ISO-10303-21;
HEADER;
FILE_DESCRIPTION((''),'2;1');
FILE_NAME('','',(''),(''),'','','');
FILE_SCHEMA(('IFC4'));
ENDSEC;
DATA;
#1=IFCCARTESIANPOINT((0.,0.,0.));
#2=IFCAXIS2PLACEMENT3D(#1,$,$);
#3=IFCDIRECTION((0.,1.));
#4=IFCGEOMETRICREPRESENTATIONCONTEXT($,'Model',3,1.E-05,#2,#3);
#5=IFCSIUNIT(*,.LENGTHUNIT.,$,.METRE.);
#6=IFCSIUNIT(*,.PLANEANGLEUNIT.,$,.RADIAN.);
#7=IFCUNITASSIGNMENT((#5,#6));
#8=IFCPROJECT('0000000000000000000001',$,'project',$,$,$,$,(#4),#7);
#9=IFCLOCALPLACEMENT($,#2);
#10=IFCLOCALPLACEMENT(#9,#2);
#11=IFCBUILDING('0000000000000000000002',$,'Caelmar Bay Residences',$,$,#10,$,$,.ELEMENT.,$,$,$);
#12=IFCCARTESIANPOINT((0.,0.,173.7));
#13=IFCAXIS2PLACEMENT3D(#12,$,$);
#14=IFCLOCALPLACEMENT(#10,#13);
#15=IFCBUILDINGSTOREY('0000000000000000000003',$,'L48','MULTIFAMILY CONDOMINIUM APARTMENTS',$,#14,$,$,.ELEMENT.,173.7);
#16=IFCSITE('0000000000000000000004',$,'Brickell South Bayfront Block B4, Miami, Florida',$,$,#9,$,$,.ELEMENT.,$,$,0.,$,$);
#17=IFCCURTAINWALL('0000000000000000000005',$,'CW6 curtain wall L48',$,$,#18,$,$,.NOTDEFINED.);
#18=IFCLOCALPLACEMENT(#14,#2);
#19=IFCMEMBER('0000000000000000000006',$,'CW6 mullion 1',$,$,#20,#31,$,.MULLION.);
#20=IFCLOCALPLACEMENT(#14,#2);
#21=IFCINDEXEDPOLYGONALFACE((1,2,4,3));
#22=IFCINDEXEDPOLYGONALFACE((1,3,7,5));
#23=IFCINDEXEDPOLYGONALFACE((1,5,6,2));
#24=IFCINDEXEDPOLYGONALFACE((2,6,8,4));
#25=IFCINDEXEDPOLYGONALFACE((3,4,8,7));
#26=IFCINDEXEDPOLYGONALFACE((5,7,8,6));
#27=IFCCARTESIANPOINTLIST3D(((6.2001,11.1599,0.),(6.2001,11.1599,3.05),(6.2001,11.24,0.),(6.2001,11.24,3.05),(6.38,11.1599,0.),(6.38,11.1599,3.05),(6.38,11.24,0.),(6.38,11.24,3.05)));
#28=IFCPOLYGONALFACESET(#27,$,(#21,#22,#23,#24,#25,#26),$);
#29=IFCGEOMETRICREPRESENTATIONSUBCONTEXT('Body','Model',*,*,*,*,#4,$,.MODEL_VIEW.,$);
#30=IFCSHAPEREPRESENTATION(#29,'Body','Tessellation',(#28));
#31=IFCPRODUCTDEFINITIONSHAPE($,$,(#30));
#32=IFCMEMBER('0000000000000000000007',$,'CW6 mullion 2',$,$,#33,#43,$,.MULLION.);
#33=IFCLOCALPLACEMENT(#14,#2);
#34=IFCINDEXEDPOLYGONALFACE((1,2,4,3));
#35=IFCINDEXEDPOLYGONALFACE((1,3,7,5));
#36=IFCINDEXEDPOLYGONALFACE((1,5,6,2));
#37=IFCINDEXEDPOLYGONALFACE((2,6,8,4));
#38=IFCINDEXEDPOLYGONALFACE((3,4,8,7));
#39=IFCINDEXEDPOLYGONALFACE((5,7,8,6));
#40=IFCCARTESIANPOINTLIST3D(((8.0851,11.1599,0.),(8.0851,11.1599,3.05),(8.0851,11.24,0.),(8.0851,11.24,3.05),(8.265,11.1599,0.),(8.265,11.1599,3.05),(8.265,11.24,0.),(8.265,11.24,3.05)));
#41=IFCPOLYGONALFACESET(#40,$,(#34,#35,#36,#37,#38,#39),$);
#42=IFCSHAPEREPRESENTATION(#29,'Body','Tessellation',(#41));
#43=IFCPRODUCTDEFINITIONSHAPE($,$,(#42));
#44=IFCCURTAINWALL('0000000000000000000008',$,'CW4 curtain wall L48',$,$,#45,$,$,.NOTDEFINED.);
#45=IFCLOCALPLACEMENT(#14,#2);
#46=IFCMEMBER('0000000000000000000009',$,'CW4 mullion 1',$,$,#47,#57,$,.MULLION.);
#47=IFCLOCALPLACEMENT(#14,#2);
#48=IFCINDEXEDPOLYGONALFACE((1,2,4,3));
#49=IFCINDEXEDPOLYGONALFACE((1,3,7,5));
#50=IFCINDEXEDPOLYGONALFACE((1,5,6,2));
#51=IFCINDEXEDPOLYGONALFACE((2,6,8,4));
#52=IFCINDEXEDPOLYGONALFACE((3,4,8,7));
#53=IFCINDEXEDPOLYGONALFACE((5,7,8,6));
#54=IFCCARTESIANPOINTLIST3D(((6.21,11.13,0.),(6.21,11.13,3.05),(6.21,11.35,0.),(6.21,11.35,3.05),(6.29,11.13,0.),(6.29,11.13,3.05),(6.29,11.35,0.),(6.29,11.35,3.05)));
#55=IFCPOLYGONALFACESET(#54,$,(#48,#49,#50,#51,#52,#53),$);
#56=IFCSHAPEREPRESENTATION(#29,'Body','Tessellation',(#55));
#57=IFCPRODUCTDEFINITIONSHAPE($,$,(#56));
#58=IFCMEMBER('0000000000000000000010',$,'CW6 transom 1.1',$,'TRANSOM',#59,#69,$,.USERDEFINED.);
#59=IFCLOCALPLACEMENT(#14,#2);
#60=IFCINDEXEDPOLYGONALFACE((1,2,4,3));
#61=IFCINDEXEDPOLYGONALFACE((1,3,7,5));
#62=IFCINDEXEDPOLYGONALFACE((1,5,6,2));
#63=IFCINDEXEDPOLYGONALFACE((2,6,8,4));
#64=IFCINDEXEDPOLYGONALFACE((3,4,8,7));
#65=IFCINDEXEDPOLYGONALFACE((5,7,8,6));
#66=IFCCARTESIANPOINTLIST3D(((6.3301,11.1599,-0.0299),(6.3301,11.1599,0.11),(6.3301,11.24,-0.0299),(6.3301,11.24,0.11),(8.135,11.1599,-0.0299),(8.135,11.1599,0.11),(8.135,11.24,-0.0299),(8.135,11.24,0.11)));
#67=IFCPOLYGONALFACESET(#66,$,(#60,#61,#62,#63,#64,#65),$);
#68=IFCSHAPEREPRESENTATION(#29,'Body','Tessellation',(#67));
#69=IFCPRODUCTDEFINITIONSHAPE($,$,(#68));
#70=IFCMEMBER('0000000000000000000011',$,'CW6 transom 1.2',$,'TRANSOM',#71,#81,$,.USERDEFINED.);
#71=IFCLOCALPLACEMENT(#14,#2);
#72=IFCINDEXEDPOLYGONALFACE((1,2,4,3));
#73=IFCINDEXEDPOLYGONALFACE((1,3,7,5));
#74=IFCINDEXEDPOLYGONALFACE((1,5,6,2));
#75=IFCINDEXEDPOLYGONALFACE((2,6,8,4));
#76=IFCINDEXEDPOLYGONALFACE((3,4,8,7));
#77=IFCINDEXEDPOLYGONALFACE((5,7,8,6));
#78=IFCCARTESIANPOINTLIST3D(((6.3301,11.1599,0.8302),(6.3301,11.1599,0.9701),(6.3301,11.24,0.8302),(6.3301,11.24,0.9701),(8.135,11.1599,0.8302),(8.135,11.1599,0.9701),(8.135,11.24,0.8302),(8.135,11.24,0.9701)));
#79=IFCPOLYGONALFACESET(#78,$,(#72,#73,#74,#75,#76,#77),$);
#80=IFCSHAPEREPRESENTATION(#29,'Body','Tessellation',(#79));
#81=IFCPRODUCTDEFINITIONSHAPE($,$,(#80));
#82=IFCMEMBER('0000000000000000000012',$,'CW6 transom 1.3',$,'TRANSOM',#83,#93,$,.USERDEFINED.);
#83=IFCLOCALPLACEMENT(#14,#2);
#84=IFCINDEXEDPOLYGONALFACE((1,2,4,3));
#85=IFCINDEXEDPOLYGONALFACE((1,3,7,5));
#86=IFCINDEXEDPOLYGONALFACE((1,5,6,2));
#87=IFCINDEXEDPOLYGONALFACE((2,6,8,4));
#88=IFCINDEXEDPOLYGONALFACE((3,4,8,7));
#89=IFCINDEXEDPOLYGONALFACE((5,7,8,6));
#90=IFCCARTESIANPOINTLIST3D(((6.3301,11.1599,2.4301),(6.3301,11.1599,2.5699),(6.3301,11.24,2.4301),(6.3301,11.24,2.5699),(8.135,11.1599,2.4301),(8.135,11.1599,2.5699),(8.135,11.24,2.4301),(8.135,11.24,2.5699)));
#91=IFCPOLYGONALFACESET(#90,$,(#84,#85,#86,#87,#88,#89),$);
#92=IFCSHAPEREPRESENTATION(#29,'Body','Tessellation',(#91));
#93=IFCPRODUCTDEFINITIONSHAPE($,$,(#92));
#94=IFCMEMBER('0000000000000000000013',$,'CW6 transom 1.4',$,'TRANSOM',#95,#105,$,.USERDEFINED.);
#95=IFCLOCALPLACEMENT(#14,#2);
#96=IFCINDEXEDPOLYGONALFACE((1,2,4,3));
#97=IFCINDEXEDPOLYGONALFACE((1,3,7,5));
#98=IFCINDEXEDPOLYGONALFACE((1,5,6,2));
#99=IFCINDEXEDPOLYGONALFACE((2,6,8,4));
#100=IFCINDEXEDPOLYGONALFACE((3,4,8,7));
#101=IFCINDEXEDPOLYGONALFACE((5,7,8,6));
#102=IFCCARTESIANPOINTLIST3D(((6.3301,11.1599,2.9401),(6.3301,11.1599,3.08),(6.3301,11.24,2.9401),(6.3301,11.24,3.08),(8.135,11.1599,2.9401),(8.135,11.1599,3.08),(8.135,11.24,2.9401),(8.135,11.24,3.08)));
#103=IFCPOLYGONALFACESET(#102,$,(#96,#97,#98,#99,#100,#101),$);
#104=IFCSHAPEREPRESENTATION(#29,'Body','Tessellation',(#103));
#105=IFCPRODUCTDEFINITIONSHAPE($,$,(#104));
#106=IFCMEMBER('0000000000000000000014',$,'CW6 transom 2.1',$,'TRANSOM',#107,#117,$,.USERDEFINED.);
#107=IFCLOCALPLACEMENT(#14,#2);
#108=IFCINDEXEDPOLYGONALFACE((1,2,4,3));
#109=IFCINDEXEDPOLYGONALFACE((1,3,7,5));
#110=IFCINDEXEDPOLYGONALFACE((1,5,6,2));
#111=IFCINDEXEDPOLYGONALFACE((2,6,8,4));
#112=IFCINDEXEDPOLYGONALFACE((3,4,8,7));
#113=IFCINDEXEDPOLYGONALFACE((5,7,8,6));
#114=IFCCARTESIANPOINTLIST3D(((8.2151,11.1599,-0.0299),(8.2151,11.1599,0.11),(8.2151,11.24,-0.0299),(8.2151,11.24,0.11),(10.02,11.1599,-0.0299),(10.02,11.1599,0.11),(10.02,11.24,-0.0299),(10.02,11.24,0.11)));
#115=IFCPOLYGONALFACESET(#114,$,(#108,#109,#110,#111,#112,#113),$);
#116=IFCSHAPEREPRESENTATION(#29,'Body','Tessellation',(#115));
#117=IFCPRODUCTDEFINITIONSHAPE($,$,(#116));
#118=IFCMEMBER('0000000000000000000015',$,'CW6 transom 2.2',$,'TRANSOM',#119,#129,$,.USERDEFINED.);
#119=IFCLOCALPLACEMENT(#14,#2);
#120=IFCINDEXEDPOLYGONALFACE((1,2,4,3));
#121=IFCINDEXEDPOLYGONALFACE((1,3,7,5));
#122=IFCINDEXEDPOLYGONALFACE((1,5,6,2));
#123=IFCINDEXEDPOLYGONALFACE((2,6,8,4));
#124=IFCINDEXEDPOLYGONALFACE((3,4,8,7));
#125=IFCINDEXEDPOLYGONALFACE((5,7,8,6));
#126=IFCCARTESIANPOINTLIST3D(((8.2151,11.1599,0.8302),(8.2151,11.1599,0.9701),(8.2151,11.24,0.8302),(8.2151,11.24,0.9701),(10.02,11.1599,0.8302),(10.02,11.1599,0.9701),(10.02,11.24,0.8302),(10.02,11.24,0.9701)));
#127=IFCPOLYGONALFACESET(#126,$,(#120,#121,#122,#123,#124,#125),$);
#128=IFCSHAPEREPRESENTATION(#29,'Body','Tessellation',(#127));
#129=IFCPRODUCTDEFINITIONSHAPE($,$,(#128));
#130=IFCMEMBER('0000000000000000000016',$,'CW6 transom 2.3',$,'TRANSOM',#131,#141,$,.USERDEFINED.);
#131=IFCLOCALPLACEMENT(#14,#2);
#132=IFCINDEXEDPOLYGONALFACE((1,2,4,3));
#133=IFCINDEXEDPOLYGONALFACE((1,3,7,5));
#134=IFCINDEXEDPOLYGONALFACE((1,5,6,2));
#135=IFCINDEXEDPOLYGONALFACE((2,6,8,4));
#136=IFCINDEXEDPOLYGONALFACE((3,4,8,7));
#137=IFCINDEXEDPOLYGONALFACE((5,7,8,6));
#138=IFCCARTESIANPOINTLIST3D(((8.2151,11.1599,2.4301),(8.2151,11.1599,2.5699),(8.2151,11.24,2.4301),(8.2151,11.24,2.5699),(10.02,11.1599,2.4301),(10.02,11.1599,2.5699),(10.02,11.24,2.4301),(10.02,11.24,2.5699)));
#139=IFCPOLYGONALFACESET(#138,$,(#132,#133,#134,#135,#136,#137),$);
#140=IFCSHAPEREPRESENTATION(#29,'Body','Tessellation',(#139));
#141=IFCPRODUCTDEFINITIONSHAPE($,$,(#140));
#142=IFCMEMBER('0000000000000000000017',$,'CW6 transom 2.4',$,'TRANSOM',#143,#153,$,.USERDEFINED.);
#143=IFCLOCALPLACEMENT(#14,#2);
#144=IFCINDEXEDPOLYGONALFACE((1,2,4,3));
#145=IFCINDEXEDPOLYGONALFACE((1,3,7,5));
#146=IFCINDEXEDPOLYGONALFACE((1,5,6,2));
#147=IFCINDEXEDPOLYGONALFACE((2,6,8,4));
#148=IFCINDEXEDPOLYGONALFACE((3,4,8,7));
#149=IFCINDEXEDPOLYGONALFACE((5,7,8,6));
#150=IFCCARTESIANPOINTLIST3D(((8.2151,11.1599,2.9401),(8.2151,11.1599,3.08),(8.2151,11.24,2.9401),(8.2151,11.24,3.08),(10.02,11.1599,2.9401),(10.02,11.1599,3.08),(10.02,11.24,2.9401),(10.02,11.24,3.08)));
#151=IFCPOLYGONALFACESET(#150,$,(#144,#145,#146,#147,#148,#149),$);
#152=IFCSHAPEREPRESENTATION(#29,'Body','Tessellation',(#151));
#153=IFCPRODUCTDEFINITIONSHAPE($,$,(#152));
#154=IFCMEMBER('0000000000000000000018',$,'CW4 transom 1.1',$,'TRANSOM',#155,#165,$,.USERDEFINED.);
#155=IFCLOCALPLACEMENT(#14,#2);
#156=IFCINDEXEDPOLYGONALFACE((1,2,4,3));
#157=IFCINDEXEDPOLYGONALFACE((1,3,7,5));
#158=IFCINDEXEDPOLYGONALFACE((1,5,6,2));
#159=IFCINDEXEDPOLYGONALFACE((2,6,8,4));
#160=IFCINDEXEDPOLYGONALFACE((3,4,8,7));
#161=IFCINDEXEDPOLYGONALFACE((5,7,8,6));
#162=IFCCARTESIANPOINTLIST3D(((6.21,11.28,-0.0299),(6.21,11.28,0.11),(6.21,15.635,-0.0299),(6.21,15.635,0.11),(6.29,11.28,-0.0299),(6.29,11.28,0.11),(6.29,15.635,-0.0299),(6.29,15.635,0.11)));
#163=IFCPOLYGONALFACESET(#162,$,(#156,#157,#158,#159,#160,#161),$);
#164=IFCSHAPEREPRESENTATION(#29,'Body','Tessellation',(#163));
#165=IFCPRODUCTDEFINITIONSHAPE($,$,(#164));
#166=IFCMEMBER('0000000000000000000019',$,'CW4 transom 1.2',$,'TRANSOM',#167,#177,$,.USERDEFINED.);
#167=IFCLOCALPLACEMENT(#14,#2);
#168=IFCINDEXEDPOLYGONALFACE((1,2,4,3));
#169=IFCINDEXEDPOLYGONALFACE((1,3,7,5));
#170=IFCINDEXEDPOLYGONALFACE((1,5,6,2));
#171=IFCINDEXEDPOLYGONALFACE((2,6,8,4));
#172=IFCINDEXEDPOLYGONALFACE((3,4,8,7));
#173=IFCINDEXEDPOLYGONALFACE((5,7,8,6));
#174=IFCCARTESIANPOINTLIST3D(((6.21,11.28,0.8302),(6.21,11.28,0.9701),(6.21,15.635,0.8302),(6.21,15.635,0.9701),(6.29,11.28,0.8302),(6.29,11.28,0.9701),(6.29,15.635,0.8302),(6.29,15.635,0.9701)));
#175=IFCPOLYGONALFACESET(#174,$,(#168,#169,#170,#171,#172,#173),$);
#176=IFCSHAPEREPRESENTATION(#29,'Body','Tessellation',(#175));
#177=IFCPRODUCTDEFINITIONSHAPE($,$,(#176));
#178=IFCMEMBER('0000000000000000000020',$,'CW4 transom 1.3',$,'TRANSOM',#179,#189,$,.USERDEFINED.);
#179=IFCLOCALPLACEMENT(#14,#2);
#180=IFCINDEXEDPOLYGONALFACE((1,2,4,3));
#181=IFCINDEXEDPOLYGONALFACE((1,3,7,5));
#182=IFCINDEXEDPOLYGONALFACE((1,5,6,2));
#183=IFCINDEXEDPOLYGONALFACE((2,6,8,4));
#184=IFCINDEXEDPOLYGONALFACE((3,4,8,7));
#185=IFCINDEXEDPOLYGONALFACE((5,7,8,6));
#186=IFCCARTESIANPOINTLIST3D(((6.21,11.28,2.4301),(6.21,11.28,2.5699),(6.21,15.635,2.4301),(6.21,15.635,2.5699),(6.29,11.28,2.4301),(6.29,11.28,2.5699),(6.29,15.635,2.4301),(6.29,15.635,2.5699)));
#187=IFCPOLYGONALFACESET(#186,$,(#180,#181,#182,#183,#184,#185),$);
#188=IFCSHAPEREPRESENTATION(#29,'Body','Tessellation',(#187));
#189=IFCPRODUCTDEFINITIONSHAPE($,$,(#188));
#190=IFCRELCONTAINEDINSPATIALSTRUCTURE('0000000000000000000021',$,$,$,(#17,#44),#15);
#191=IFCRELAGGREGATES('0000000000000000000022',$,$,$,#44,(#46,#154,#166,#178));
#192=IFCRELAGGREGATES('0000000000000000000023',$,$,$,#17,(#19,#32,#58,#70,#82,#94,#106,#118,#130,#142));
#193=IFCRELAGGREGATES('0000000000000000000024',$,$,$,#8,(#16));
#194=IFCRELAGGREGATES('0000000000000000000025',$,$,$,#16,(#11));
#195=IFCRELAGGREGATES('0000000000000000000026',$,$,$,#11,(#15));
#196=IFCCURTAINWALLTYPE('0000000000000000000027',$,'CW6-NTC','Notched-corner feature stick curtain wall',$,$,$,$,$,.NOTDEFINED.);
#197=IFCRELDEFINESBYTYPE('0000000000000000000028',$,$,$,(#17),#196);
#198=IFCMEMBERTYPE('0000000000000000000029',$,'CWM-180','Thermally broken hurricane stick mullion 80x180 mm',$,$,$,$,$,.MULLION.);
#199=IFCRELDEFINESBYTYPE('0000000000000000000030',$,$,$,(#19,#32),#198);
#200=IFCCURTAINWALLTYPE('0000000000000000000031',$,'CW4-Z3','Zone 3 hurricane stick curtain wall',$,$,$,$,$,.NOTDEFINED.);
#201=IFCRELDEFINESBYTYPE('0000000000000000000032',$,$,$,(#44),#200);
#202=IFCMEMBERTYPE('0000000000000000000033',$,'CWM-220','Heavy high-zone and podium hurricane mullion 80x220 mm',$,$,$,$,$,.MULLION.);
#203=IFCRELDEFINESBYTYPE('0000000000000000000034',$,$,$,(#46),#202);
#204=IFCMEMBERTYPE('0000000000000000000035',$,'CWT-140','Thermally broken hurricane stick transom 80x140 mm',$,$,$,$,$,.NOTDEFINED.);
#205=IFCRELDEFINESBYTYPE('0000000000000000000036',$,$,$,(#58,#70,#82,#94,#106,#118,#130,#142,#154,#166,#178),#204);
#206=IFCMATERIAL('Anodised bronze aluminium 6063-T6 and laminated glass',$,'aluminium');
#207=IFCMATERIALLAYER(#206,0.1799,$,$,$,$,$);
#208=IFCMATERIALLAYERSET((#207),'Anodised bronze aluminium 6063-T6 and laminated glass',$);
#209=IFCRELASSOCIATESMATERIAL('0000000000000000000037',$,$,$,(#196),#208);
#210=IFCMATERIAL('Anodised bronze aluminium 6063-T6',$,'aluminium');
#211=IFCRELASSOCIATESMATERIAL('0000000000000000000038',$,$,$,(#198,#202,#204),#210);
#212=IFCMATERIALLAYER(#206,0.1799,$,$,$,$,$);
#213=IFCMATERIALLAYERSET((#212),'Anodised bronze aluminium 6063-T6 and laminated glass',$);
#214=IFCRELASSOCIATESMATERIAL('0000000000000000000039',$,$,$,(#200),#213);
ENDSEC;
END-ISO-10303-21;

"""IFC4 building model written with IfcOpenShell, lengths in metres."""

from ifc_helpers import new_model, si_unit, direction, frame, origin, origin_2d, place, context, subcontext, project, spatial, rectangle, extrude, material, layer, layer_set, material_profile, profile_set, type_object, element, aggregate, save


model = new_model("IFC4")

# Units and contexts
model_context = context("Model", 3, precision=1e-05, world=origin(), true_north=direction((0.0, 1.0)))
body_context = subcontext(model_context, "Body", "Model", "MODEL_VIEW")
ifc_project = project(units=[si_unit("LENGTHUNIT", "METRE"), si_unit("PLANEANGLEUNIT", "RADIAN")], contexts=[model_context])

# Site, building, storey
site_placement = place(None, origin())
site = spatial("IfcSite", under=ifc_project, at=site_placement, Name="Brickell South Bayfront Block B4, Miami, Florida", CompositionType="ELEMENT", RefElevation=0.0)
building_placement = place(site_placement, origin())
building = spatial("IfcBuilding", under=site, at=building_placement, Name="Caelmar Bay Residences", CompositionType="ELEMENT")
storey_placement = place(building_placement, frame((0.0, 0.0, 173.7)))
storey = spatial("IfcBuildingStorey", under=building, at=storey_placement, Name="L48", Description="MULTIFAMILY CONDOMINIUM APARTMENTS", CompositionType="ELEMENT", Elevation=173.7)

# Curtain wall, members
ifc_material_1 = material(Name="Anodised bronze aluminium 6063-T6 and laminated glass", Category="aluminium")
ifc_layer_1 = layer(ifc_material_1, 0.1799)
ifc_layer_set_1 = layer_set([ifc_layer_1], Name="Anodised bronze aluminium 6063-T6 and laminated glass")
curtain_wall_type_1 = type_object("IfcCurtainWallType", Name="CW6-NTC", Description="Notched-corner feature stick curtain wall", PredefinedType="NOTDEFINED", material=ifc_layer_set_1)
curtain_wall_1_placement = place(storey_placement, origin())
curtain_wall_1 = element("IfcCurtainWall", 1, at=curtain_wall_1_placement, inside=storey, type_object=curtain_wall_type_1, Name="CW6 curtain wall L48", PredefinedType="NOTDEFINED")
ifc_material_2 = material(Name="Anodised bronze aluminium 6063-T6", Category="aluminium")
ifc_material_profile_1 = material_profile(ifc_material_2, rectangle(XDim=0.0801, YDim=0.1799, at=origin_2d()), Name="CWM-80X180")
ifc_profile_set_1 = profile_set([ifc_material_profile_1], Name="Anodised bronze aluminium 6063-T6")
member_type_1 = type_object("IfcMemberType", Name="CWM-180", Description="Thermally broken hurricane stick mullion 80x180 mm", PredefinedType="MULLION", material=ifc_profile_set_1)
member_1_placement = place(storey_placement, frame((6.29, 11.2, 0.0), z_axis=(0.0, 0.0, 1.0), x_axis=(0.0, 1.0, 0.0)))
member_1 = element("IfcMember", 2, at=member_1_placement, type_object=member_type_1, Name="CW6 mullion 1", PredefinedType="MULLION", context=body_context, shape_type="SweptSolid", body=[
    extrude(rectangle(XDim=0.0801, YDim=0.1799, at=origin_2d()), origin(), (0.0, 0.0, 1.0), 3.05),
])
member_2_placement = place(storey_placement, frame((8.175, 11.2, 0.0), z_axis=(0.0, 0.0, 1.0), x_axis=(0.0, 1.0, 0.0)))
member_2 = element("IfcMember", 3, at=member_2_placement, type_object=member_type_1, Name="CW6 mullion 2", PredefinedType="MULLION", context=body_context, shape_type="SweptSolid", body=[
    extrude(rectangle(XDim=0.0801, YDim=0.1799, at=origin_2d()), origin(), (0.0, 0.0, 1.0), 3.05),
])

# Curtain wall, member
ifc_layer_2 = layer(ifc_material_1, 0.1799)
ifc_layer_set_2 = layer_set([ifc_layer_2], Name="Anodised bronze aluminium 6063-T6 and laminated glass")
curtain_wall_type_2 = type_object("IfcCurtainWallType", Name="CW4-Z3", Description="Zone 3 hurricane stick curtain wall", PredefinedType="NOTDEFINED", material=ifc_layer_set_2)
curtain_wall_2_placement = place(storey_placement, origin())
curtain_wall_2 = element("IfcCurtainWall", 4, at=curtain_wall_2_placement, inside=storey, type_object=curtain_wall_type_2, Name="CW4 curtain wall L48", PredefinedType="NOTDEFINED")
ifc_material_profile_2 = material_profile(ifc_material_2, rectangle(XDim=0.0801, YDim=0.22, at=origin_2d()), Name="CWM-80X220")
ifc_profile_set_2 = profile_set([ifc_material_profile_2], Name="Anodised bronze aluminium 6063-T6")
member_type_2 = type_object("IfcMemberType", Name="CWM-220", Description="Heavy high-zone and podium hurricane mullion 80x220 mm", PredefinedType="MULLION", material=ifc_profile_set_2)
member_3_placement = place(storey_placement, frame((6.25, 11.24, 0.0), z_axis=(0.0, 0.0, 1.0), x_axis=(-1.0, 0.0, 0.0)))
member_3 = element("IfcMember", 5, at=member_3_placement, type_object=member_type_2, Name="CW4 mullion 1", PredefinedType="MULLION", context=body_context, shape_type="SweptSolid", body=[
    extrude(rectangle(XDim=0.0801, YDim=0.22, at=origin_2d()), origin(), (0.0, 0.0, 1.0), 3.05),
])

# Members
ifc_material_profile_3 = material_profile(ifc_material_2, rectangle(XDim=0.0801, YDim=0.1399, at=origin_2d()), Name="CWT-80X140")
ifc_profile_set_3 = profile_set([ifc_material_profile_3], Name="Anodised bronze aluminium 6063-T6")
member_type_3 = type_object("IfcMemberType", Name="CWT-140", Description="Thermally broken hurricane stick transom 80x140 mm", PredefinedType="NOTDEFINED", material=ifc_profile_set_3)
member_4_placement = place(storey_placement, frame((6.3301, 11.2, 0.04), z_axis=(1.0, 0.0, 0.0), x_axis=(0.0, 1.0, 0.0)))
member_4 = element("IfcMember", 6, at=member_4_placement, type_object=member_type_3, Name="CW6 transom 1.1", ObjectType="TRANSOM", PredefinedType="USERDEFINED", context=body_context, shape_type="SweptSolid", body=[
    extrude(rectangle(XDim=0.0801, YDim=0.1399, at=origin_2d()), origin(), (0.0, 0.0, 1.0), 1.8049),
])
member_5_placement = place(storey_placement, frame((6.3301, 11.2, 0.9001), z_axis=(1.0, 0.0, 0.0), x_axis=(0.0, 1.0, 0.0)))
member_5 = element("IfcMember", 7, at=member_5_placement, type_object=member_type_3, Name="CW6 transom 1.2", ObjectType="TRANSOM", PredefinedType="USERDEFINED", context=body_context, shape_type="SweptSolid", body=[
    extrude(rectangle(XDim=0.0801, YDim=0.1399, at=origin_2d()), origin(), (0.0, 0.0, 1.0), 1.8049),
])
member_6_placement = place(storey_placement, frame((6.3301, 11.2, 2.5), z_axis=(1.0, 0.0, 0.0), x_axis=(0.0, 1.0, 0.0)))
member_6 = element("IfcMember", 8, at=member_6_placement, type_object=member_type_3, Name="CW6 transom 1.3", ObjectType="TRANSOM", PredefinedType="USERDEFINED", context=body_context, shape_type="SweptSolid", body=[
    extrude(rectangle(XDim=0.0801, YDim=0.1399, at=origin_2d()), origin(), (0.0, 0.0, 1.0), 1.8049),
])
member_7_placement = place(storey_placement, frame((6.3301, 11.2, 3.01), z_axis=(1.0, 0.0, 0.0), x_axis=(0.0, 1.0, 0.0)))
member_7 = element("IfcMember", 9, at=member_7_placement, type_object=member_type_3, Name="CW6 transom 1.4", ObjectType="TRANSOM", PredefinedType="USERDEFINED", context=body_context, shape_type="SweptSolid", body=[
    extrude(rectangle(XDim=0.0801, YDim=0.1399, at=origin_2d()), origin(), (0.0, 0.0, 1.0), 1.8049),
])
member_8_placement = place(storey_placement, frame((8.2151, 11.2, 0.04), z_axis=(1.0, 0.0, 0.0), x_axis=(0.0, 1.0, 0.0)))
member_8 = element("IfcMember", 10, at=member_8_placement, type_object=member_type_3, Name="CW6 transom 2.1", ObjectType="TRANSOM", PredefinedType="USERDEFINED", context=body_context, shape_type="SweptSolid", body=[
    extrude(rectangle(XDim=0.0801, YDim=0.1399, at=origin_2d()), origin(), (0.0, 0.0, 1.0), 1.8049),
])
member_9_placement = place(storey_placement, frame((8.2151, 11.2, 0.9001), z_axis=(1.0, 0.0, 0.0), x_axis=(0.0, 1.0, 0.0)))
member_9 = element("IfcMember", 11, at=member_9_placement, type_object=member_type_3, Name="CW6 transom 2.2", ObjectType="TRANSOM", PredefinedType="USERDEFINED", context=body_context, shape_type="SweptSolid", body=[
    extrude(rectangle(XDim=0.0801, YDim=0.1399, at=origin_2d()), origin(), (0.0, 0.0, 1.0), 1.8049),
])
member_10_placement = place(storey_placement, frame((8.2151, 11.2, 2.5), z_axis=(1.0, 0.0, 0.0), x_axis=(0.0, 1.0, 0.0)))
member_10 = element("IfcMember", 12, at=member_10_placement, type_object=member_type_3, Name="CW6 transom 2.3", ObjectType="TRANSOM", PredefinedType="USERDEFINED", context=body_context, shape_type="SweptSolid", body=[
    extrude(rectangle(XDim=0.0801, YDim=0.1399, at=origin_2d()), origin(), (0.0, 0.0, 1.0), 1.8049),
])
member_11_placement = place(storey_placement, frame((8.2151, 11.2, 3.01), z_axis=(1.0, 0.0, 0.0), x_axis=(0.0, 1.0, 0.0)))
member_11 = element("IfcMember", 13, at=member_11_placement, type_object=member_type_3, Name="CW6 transom 2.4", ObjectType="TRANSOM", PredefinedType="USERDEFINED", context=body_context, shape_type="SweptSolid", body=[
    extrude(rectangle(XDim=0.0801, YDim=0.1399, at=origin_2d()), origin(), (0.0, 0.0, 1.0), 1.8049),
])
member_12_placement = place(storey_placement, frame((6.25, 11.28, 0.04), z_axis=(0.0, 1.0, 0.0), x_axis=(-1.0, 0.0, 0.0)))
member_12 = element("IfcMember", 14, at=member_12_placement, type_object=member_type_3, Name="CW4 transom 1.1", ObjectType="TRANSOM", PredefinedType="USERDEFINED", context=body_context, shape_type="SweptSolid", body=[
    extrude(rectangle(XDim=0.0801, YDim=0.1399, at=origin_2d()), origin(), (0.0, 0.0, 1.0), 4.355),
])
member_13_placement = place(storey_placement, frame((6.25, 11.28, 0.9001), z_axis=(0.0, 1.0, 0.0), x_axis=(-1.0, 0.0, 0.0)))
member_13 = element("IfcMember", 15, at=member_13_placement, type_object=member_type_3, Name="CW4 transom 1.2", ObjectType="TRANSOM", PredefinedType="USERDEFINED", context=body_context, shape_type="SweptSolid", body=[
    extrude(rectangle(XDim=0.0801, YDim=0.1399, at=origin_2d()), origin(), (0.0, 0.0, 1.0), 4.355),
])
member_14_placement = place(storey_placement, frame((6.25, 11.28, 2.5), z_axis=(0.0, 1.0, 0.0), x_axis=(-1.0, 0.0, 0.0)))
member_14 = element("IfcMember", 16, at=member_14_placement, type_object=member_type_3, Name="CW4 transom 1.3", ObjectType="TRANSOM", PredefinedType="USERDEFINED", context=body_context, shape_type="SweptSolid", body=[
    extrude(rectangle(XDim=0.0801, YDim=0.1399, at=origin_2d()), origin(), (0.0, 0.0, 1.0), 4.355),
])
aggregate(curtain_wall_2, [member_3, member_12, member_13, member_14])

aggregate(curtain_wall_1, [member_1, member_2, member_4, member_5, member_6, member_7, member_8, member_9, member_10, member_11])

save(model, "model.ifc")
